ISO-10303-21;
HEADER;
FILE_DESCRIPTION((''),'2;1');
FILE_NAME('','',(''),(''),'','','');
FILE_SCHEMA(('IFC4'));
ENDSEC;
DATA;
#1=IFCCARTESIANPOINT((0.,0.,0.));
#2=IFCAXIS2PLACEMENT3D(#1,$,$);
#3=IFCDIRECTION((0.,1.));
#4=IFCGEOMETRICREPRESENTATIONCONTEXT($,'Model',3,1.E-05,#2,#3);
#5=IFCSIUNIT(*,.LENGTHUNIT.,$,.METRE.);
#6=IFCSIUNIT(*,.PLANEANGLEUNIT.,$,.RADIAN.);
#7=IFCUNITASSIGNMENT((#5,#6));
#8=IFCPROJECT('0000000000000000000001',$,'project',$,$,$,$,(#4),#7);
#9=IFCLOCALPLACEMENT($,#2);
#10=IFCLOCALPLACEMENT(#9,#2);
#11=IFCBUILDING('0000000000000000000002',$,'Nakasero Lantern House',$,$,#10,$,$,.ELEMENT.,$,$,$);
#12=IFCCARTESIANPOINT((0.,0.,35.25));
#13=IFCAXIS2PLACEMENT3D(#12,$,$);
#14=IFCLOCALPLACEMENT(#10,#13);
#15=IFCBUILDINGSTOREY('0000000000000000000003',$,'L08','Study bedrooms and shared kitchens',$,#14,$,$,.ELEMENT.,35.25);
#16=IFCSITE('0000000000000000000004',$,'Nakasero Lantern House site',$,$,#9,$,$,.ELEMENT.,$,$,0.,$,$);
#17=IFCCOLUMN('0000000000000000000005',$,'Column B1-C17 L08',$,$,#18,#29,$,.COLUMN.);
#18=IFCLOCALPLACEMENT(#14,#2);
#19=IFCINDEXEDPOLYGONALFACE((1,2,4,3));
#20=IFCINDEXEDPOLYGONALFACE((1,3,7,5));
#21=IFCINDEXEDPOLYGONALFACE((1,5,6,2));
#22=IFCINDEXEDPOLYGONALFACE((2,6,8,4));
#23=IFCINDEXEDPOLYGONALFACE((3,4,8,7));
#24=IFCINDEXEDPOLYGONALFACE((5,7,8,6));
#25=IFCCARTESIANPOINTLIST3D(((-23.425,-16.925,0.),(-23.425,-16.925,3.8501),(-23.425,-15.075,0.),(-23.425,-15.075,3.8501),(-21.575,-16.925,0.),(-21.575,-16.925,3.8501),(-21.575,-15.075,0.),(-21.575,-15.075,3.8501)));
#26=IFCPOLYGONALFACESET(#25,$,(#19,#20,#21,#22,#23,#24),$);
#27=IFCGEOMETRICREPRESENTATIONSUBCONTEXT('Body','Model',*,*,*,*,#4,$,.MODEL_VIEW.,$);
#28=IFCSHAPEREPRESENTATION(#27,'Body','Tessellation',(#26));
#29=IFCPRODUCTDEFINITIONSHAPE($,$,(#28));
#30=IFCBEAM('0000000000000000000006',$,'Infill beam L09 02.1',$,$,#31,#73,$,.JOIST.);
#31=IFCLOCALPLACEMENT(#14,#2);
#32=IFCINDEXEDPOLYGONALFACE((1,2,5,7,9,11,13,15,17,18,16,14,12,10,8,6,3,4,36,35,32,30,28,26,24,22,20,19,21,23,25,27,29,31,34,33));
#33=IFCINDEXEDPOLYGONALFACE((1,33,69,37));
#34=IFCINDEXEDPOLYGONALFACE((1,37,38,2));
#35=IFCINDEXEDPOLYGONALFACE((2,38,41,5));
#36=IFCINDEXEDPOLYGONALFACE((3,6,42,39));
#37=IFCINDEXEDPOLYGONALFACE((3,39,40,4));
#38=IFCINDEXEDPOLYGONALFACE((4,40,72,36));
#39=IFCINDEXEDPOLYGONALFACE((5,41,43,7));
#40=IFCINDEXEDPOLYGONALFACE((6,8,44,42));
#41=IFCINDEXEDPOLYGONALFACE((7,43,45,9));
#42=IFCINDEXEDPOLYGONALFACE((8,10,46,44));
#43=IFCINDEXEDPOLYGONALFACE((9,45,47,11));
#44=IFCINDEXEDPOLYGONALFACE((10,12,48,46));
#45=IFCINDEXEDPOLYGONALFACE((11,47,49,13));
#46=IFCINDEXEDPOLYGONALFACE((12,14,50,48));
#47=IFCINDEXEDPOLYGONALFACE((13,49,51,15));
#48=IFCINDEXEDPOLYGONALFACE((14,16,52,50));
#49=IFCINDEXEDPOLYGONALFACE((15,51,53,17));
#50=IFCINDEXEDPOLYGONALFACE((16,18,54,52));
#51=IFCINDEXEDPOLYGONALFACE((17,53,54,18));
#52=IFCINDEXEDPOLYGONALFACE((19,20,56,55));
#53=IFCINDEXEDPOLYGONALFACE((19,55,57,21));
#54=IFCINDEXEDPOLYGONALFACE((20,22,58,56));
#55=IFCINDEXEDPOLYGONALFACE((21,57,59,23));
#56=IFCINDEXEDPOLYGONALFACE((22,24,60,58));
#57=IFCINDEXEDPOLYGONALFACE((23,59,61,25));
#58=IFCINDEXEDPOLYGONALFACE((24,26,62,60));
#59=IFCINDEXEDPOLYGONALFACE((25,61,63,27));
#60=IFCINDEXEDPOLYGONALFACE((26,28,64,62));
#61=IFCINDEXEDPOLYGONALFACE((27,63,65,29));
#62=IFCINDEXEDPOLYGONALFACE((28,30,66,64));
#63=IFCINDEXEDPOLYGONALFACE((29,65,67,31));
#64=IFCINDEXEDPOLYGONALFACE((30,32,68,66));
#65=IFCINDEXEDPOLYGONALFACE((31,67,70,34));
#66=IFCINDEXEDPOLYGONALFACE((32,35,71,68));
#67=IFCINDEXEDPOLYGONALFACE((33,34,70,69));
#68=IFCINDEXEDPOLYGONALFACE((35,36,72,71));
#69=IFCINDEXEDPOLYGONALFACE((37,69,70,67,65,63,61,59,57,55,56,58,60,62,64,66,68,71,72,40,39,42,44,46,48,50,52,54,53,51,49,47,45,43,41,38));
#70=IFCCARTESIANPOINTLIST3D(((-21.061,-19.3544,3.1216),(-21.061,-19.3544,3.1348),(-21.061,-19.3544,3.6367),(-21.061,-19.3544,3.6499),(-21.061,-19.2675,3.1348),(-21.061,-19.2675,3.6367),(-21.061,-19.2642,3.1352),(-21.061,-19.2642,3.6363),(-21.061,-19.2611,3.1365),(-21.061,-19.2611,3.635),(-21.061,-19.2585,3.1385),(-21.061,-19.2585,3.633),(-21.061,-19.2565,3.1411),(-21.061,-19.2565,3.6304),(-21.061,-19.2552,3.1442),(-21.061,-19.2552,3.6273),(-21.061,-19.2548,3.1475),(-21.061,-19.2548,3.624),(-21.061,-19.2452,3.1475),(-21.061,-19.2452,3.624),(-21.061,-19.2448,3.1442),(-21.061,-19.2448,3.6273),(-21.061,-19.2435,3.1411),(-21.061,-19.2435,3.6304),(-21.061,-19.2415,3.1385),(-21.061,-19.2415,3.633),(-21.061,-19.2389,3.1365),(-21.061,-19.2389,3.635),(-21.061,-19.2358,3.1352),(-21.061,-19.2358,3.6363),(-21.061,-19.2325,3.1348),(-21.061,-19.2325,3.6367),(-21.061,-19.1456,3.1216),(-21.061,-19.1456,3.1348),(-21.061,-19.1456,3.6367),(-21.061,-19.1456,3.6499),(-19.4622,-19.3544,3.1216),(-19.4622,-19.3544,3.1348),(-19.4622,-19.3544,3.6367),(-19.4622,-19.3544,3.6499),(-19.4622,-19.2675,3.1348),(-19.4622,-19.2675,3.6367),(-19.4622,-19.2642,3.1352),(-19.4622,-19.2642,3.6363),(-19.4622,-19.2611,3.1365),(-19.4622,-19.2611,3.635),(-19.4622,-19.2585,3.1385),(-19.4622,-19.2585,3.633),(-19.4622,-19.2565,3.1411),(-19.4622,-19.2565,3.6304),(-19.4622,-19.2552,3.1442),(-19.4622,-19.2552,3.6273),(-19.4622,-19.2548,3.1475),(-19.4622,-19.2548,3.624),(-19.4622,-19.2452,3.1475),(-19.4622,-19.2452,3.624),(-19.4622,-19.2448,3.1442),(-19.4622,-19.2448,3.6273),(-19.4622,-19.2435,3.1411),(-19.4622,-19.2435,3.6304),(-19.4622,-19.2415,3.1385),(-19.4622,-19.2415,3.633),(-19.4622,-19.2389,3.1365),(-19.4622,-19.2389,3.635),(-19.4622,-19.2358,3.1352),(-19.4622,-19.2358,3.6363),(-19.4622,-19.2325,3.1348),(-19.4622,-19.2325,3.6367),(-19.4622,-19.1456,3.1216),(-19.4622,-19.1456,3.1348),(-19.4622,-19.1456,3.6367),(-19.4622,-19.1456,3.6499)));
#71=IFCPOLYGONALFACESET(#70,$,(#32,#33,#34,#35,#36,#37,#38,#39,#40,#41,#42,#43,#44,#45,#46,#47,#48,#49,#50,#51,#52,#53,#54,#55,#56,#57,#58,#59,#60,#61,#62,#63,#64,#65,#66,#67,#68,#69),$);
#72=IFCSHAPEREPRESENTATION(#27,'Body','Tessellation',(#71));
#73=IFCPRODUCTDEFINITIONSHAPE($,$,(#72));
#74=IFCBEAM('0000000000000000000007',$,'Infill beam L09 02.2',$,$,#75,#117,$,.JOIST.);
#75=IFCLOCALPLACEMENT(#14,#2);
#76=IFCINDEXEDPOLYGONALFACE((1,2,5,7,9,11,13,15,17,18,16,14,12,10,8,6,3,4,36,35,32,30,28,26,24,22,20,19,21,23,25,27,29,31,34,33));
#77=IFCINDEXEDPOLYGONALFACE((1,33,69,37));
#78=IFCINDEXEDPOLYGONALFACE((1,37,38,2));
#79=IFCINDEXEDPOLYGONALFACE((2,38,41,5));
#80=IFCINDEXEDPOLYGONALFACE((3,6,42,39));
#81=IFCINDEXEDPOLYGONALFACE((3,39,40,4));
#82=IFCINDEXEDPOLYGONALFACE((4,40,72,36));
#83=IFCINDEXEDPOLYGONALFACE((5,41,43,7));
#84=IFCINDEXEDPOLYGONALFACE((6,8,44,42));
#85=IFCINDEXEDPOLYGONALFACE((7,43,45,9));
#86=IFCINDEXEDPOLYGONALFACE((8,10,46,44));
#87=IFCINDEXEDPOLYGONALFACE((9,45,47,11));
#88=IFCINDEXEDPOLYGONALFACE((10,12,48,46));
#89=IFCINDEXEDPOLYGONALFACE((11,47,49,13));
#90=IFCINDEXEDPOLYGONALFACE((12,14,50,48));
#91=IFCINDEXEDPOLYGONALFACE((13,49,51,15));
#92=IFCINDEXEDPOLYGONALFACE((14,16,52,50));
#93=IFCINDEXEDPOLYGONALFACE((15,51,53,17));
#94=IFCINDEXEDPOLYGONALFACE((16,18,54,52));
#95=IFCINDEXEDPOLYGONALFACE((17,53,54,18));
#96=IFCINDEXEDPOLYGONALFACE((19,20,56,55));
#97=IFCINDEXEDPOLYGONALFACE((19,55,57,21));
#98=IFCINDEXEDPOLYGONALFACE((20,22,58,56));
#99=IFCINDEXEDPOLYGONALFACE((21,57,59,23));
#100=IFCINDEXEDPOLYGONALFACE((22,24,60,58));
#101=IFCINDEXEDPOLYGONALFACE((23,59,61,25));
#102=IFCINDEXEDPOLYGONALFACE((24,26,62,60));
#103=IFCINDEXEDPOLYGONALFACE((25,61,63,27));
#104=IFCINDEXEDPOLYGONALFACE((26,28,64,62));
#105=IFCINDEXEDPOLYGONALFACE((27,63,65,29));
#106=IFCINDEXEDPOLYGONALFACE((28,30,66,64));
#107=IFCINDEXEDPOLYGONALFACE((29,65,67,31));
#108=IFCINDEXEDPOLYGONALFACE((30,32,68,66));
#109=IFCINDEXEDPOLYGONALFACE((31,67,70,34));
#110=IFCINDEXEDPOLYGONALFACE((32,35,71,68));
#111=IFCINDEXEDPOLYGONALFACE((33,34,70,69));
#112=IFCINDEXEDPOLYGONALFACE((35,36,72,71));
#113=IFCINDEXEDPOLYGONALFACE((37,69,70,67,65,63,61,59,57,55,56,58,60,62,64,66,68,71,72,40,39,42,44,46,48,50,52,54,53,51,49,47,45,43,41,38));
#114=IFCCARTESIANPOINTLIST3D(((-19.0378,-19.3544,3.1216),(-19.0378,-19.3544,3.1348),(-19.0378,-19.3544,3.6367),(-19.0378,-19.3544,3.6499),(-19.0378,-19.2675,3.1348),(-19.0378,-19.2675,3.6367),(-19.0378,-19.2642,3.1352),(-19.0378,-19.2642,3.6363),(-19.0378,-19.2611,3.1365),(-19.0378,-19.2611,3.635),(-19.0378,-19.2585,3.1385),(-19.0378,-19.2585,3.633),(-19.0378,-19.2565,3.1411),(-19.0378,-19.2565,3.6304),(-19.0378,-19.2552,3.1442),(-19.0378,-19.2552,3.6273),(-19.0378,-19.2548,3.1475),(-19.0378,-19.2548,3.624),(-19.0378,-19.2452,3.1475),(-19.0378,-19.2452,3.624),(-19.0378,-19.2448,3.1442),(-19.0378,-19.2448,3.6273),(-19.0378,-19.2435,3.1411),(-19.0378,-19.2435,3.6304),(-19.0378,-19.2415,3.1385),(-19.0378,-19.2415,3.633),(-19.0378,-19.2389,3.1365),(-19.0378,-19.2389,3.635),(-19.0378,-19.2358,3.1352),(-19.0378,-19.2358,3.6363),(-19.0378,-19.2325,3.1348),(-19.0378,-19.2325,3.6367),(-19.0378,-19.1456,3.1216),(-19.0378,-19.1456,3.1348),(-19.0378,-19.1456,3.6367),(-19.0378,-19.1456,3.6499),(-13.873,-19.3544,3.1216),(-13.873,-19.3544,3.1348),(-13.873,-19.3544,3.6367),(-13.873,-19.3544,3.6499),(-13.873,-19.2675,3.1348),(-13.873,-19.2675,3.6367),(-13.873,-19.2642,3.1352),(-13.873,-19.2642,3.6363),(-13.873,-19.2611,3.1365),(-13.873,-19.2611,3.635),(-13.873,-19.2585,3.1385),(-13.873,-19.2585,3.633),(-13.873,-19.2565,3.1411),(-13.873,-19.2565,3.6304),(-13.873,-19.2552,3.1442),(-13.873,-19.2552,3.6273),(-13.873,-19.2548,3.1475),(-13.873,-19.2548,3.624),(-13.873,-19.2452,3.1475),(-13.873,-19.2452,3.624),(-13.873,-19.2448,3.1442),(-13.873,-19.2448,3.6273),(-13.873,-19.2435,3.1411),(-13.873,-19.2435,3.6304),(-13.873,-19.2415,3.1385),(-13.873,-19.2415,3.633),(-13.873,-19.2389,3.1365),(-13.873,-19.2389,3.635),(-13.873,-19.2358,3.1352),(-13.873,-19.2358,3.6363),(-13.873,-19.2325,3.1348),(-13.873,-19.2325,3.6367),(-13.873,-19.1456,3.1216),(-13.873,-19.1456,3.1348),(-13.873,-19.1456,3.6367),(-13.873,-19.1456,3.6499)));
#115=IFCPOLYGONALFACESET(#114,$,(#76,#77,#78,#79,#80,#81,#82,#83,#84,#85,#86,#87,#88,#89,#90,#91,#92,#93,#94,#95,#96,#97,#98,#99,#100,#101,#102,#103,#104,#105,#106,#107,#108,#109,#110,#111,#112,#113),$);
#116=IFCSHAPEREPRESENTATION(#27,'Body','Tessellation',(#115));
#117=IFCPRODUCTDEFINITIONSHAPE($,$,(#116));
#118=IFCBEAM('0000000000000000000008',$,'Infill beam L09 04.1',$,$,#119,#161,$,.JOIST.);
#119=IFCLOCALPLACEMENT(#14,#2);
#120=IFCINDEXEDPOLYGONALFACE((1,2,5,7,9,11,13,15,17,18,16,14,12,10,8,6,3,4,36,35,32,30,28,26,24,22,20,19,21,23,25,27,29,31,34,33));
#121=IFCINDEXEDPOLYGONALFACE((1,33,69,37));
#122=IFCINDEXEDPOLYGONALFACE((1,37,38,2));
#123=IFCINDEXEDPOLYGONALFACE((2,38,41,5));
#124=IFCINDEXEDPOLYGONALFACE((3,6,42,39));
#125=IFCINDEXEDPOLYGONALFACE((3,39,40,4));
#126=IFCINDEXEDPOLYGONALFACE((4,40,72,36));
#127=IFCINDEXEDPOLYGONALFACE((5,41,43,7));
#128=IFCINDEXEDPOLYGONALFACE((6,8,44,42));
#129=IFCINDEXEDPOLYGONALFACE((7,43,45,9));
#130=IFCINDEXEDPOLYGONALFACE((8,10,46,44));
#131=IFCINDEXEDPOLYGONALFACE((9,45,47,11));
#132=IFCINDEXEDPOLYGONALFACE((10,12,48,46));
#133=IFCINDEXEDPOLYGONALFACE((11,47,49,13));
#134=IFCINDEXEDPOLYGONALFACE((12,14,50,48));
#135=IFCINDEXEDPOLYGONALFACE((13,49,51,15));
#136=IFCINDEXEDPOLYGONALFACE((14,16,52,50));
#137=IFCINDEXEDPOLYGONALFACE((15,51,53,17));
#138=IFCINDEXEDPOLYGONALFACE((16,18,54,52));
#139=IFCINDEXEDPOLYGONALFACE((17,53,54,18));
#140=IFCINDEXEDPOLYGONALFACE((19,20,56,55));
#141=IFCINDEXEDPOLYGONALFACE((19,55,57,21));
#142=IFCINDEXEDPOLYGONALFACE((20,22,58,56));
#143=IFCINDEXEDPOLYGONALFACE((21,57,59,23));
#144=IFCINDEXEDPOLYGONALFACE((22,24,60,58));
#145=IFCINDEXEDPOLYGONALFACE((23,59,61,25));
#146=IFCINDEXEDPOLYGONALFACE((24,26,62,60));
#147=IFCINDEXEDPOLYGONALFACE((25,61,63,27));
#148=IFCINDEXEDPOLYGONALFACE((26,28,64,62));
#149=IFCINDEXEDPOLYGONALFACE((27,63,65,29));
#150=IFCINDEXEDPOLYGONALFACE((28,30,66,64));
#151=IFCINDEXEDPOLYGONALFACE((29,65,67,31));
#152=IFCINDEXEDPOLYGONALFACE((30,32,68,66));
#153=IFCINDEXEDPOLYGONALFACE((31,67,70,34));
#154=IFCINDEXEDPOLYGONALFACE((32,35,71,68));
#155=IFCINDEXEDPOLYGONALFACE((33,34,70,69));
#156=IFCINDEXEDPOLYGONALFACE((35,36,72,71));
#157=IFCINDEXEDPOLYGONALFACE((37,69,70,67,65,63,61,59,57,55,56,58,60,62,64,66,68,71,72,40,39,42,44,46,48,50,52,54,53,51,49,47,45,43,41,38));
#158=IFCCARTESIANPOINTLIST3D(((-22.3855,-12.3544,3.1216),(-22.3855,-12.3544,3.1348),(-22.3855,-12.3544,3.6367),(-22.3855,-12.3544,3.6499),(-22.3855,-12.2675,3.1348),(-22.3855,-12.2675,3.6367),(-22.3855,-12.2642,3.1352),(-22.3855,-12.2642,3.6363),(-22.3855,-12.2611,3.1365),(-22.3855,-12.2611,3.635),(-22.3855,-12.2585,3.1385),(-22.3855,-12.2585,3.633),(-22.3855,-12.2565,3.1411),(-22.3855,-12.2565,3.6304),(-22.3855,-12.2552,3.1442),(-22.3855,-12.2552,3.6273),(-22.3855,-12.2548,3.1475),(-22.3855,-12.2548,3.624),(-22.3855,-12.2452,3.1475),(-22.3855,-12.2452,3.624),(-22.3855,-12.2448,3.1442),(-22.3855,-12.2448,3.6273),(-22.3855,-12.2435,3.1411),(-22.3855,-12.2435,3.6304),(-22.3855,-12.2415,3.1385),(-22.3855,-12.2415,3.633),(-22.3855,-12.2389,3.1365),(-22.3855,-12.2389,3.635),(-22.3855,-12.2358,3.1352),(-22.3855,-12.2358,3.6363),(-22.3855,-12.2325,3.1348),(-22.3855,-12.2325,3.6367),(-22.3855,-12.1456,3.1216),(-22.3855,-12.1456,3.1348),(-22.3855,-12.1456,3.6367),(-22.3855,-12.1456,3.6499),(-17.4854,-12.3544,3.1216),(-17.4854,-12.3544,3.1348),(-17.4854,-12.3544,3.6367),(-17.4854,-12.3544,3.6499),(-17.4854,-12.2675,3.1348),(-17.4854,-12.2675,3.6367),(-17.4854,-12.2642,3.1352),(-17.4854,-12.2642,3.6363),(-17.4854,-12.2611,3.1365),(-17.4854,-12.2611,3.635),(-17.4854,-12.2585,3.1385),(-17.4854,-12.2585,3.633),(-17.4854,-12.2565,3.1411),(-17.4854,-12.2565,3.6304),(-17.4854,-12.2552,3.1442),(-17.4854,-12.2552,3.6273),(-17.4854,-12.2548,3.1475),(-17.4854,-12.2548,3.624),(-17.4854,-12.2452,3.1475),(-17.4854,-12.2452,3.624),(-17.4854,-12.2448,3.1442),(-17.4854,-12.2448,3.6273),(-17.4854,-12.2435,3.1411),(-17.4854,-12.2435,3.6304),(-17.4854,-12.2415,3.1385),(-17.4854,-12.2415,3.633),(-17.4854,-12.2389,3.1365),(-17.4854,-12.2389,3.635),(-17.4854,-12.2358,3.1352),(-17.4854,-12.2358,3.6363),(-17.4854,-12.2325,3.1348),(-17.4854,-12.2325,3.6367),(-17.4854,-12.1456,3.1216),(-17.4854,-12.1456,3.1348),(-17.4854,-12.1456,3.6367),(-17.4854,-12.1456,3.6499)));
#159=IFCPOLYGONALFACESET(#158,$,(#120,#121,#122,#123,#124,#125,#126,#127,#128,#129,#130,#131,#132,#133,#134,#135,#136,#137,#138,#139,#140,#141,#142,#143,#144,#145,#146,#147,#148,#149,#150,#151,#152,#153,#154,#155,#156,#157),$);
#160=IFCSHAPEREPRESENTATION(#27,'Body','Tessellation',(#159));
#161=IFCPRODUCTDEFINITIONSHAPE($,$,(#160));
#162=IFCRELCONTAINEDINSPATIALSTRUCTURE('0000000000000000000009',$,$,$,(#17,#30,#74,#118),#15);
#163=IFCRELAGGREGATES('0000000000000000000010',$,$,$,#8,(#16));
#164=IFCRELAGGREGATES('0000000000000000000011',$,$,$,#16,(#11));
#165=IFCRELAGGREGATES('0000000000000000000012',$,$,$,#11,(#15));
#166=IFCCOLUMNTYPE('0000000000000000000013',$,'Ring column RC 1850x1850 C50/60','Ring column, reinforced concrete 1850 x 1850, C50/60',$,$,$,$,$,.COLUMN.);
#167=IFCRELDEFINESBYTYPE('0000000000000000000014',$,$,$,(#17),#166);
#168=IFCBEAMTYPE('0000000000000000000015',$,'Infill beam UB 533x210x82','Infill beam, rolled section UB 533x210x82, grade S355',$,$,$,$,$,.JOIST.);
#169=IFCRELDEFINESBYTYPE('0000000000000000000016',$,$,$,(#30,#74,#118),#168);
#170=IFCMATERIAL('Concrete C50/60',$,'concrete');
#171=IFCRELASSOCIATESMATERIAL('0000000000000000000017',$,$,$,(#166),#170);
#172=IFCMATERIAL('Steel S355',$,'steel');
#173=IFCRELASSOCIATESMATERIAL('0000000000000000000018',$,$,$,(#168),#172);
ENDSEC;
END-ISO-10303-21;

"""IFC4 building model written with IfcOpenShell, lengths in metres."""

from ifc_helpers import new_model, si_unit, direction, frame, origin, origin_2d, place, context, subcontext, project, spatial, rectangle, i_section, extrude, material, material_profile, profile_set, type_object, element, save


model = new_model("IFC4")

# Units and contexts
model_context = context("Model", 3, precision=1e-05, world=origin(), true_north=direction((0.0, 1.0)))
body_context = subcontext(model_context, "Body", "Model", "MODEL_VIEW")
ifc_project = project(units=[si_unit("LENGTHUNIT", "METRE"), si_unit("PLANEANGLEUNIT", "RADIAN")], contexts=[model_context])

# Site, building, storey
site_placement = place(None, origin())
site = spatial("IfcSite", under=ifc_project, at=site_placement, Name="Nakasero Lantern House site", CompositionType="ELEMENT", RefElevation=0.0)
building_placement = place(site_placement, origin())
building = spatial("IfcBuilding", under=site, at=building_placement, Name="Nakasero Lantern House", CompositionType="ELEMENT")
storey_placement = place(building_placement, frame((0.0, 0.0, 35.25)))
storey = spatial("IfcBuildingStorey", under=building, at=storey_placement, Name="L08", Description="Study bedrooms and shared kitchens", CompositionType="ELEMENT", Elevation=35.25)

# Column
ifc_material_1 = material(Name="Concrete C50/60", Category="concrete")
ifc_material_profile_1 = material_profile(ifc_material_1, rectangle(XDim=1.8501, YDim=1.8501, at=origin_2d()), Name="RC 1850x1850")
ifc_profile_set_1 = profile_set([ifc_material_profile_1], Name="Concrete C50/60")
column_type = type_object("IfcColumnType", Name="Ring column RC 1850x1850 C50/60", Description="Ring column, reinforced concrete 1850 x 1850, C50/60", PredefinedType="COLUMN", material=ifc_profile_set_1)
column_placement = place(storey_placement, frame((-22.5, -16.0, 0.0), z_axis=(0.0, 0.0, 1.0), x_axis=(1.0, 0.0, 0.0)))
element("IfcColumn", 1, at=column_placement, inside=storey, type_object=column_type, Name="Column B1-C17 L08", PredefinedType="COLUMN", context=body_context, shape_type="SweptSolid", body=[
    extrude(rectangle(XDim=1.8501, YDim=1.8501, at=origin_2d()), origin(), (0.0, 0.0, 1.0), 3.8501),
])

# Beams
ifc_material_2 = material(Name="Steel S355", Category="steel")
ifc_material_profile_2 = material_profile(ifc_material_2, i_section(OverallWidth=0.2087, OverallDepth=0.5283, WebThickness=0.0095, FlangeThickness=0.0132, FilletRadius=0.0127, at=origin_2d()), Name="UB 533x210x82")
ifc_profile_set_2 = profile_set([ifc_material_profile_2], Name="Steel S355")
beam_type_1 = type_object("IfcBeamType", Name="Infill beam UB 533x210x82", Description="Infill beam, rolled section UB 533x210x82, grade S355", PredefinedType="JOIST", material=ifc_profile_set_2)
beam_1_placement = place(storey_placement, frame((-21.061, -19.25, 3.3857), z_axis=(1.0, 0.0, 0.0), x_axis=(0.0, 1.0, 0.0)))
element("IfcBeam", 2, at=beam_1_placement, inside=storey, type_object=beam_type_1, Name="Infill beam L09 02.1", PredefinedType="JOIST", context=body_context, shape_type="SweptSolid", body=[
    extrude(i_section(OverallWidth=0.2087, OverallDepth=0.5283, WebThickness=0.0095, FlangeThickness=0.0132, FilletRadius=0.0127, at=origin_2d()), origin(), (0.0, 0.0, 1.0), 1.5989),
])
beam_2_placement = place(storey_placement, frame((-19.0378, -19.25, 3.3857), z_axis=(1.0, 0.0, 0.0), x_axis=(0.0, 1.0, 0.0)))
element("IfcBeam", 3, at=beam_2_placement, inside=storey, type_object=beam_type_1, Name="Infill beam L09 02.2", PredefinedType="JOIST", context=body_context, shape_type="SweptSolid", body=[
    extrude(i_section(OverallWidth=0.2087, OverallDepth=0.5283, WebThickness=0.0095, FlangeThickness=0.0132, FilletRadius=0.0127, at=origin_2d()), origin(), (0.0, 0.0, 1.0), 5.1648),
])
beam_3_placement = place(storey_placement, frame((-22.3855, -12.25, 3.3857), z_axis=(1.0, 0.0, 0.0), x_axis=(0.0, 1.0, 0.0)))
element("IfcBeam", 4, at=beam_3_placement, inside=storey, type_object=beam_type_1, Name="Infill beam L09 04.1", PredefinedType="JOIST", context=body_context, shape_type="SweptSolid", body=[
    extrude(i_section(OverallWidth=0.2087, OverallDepth=0.5283, WebThickness=0.0095, FlangeThickness=0.0132, FilletRadius=0.0127, at=origin_2d()), origin(), (0.0, 0.0, 1.0), 4.9001),
])

save(model, "model.ifc")
